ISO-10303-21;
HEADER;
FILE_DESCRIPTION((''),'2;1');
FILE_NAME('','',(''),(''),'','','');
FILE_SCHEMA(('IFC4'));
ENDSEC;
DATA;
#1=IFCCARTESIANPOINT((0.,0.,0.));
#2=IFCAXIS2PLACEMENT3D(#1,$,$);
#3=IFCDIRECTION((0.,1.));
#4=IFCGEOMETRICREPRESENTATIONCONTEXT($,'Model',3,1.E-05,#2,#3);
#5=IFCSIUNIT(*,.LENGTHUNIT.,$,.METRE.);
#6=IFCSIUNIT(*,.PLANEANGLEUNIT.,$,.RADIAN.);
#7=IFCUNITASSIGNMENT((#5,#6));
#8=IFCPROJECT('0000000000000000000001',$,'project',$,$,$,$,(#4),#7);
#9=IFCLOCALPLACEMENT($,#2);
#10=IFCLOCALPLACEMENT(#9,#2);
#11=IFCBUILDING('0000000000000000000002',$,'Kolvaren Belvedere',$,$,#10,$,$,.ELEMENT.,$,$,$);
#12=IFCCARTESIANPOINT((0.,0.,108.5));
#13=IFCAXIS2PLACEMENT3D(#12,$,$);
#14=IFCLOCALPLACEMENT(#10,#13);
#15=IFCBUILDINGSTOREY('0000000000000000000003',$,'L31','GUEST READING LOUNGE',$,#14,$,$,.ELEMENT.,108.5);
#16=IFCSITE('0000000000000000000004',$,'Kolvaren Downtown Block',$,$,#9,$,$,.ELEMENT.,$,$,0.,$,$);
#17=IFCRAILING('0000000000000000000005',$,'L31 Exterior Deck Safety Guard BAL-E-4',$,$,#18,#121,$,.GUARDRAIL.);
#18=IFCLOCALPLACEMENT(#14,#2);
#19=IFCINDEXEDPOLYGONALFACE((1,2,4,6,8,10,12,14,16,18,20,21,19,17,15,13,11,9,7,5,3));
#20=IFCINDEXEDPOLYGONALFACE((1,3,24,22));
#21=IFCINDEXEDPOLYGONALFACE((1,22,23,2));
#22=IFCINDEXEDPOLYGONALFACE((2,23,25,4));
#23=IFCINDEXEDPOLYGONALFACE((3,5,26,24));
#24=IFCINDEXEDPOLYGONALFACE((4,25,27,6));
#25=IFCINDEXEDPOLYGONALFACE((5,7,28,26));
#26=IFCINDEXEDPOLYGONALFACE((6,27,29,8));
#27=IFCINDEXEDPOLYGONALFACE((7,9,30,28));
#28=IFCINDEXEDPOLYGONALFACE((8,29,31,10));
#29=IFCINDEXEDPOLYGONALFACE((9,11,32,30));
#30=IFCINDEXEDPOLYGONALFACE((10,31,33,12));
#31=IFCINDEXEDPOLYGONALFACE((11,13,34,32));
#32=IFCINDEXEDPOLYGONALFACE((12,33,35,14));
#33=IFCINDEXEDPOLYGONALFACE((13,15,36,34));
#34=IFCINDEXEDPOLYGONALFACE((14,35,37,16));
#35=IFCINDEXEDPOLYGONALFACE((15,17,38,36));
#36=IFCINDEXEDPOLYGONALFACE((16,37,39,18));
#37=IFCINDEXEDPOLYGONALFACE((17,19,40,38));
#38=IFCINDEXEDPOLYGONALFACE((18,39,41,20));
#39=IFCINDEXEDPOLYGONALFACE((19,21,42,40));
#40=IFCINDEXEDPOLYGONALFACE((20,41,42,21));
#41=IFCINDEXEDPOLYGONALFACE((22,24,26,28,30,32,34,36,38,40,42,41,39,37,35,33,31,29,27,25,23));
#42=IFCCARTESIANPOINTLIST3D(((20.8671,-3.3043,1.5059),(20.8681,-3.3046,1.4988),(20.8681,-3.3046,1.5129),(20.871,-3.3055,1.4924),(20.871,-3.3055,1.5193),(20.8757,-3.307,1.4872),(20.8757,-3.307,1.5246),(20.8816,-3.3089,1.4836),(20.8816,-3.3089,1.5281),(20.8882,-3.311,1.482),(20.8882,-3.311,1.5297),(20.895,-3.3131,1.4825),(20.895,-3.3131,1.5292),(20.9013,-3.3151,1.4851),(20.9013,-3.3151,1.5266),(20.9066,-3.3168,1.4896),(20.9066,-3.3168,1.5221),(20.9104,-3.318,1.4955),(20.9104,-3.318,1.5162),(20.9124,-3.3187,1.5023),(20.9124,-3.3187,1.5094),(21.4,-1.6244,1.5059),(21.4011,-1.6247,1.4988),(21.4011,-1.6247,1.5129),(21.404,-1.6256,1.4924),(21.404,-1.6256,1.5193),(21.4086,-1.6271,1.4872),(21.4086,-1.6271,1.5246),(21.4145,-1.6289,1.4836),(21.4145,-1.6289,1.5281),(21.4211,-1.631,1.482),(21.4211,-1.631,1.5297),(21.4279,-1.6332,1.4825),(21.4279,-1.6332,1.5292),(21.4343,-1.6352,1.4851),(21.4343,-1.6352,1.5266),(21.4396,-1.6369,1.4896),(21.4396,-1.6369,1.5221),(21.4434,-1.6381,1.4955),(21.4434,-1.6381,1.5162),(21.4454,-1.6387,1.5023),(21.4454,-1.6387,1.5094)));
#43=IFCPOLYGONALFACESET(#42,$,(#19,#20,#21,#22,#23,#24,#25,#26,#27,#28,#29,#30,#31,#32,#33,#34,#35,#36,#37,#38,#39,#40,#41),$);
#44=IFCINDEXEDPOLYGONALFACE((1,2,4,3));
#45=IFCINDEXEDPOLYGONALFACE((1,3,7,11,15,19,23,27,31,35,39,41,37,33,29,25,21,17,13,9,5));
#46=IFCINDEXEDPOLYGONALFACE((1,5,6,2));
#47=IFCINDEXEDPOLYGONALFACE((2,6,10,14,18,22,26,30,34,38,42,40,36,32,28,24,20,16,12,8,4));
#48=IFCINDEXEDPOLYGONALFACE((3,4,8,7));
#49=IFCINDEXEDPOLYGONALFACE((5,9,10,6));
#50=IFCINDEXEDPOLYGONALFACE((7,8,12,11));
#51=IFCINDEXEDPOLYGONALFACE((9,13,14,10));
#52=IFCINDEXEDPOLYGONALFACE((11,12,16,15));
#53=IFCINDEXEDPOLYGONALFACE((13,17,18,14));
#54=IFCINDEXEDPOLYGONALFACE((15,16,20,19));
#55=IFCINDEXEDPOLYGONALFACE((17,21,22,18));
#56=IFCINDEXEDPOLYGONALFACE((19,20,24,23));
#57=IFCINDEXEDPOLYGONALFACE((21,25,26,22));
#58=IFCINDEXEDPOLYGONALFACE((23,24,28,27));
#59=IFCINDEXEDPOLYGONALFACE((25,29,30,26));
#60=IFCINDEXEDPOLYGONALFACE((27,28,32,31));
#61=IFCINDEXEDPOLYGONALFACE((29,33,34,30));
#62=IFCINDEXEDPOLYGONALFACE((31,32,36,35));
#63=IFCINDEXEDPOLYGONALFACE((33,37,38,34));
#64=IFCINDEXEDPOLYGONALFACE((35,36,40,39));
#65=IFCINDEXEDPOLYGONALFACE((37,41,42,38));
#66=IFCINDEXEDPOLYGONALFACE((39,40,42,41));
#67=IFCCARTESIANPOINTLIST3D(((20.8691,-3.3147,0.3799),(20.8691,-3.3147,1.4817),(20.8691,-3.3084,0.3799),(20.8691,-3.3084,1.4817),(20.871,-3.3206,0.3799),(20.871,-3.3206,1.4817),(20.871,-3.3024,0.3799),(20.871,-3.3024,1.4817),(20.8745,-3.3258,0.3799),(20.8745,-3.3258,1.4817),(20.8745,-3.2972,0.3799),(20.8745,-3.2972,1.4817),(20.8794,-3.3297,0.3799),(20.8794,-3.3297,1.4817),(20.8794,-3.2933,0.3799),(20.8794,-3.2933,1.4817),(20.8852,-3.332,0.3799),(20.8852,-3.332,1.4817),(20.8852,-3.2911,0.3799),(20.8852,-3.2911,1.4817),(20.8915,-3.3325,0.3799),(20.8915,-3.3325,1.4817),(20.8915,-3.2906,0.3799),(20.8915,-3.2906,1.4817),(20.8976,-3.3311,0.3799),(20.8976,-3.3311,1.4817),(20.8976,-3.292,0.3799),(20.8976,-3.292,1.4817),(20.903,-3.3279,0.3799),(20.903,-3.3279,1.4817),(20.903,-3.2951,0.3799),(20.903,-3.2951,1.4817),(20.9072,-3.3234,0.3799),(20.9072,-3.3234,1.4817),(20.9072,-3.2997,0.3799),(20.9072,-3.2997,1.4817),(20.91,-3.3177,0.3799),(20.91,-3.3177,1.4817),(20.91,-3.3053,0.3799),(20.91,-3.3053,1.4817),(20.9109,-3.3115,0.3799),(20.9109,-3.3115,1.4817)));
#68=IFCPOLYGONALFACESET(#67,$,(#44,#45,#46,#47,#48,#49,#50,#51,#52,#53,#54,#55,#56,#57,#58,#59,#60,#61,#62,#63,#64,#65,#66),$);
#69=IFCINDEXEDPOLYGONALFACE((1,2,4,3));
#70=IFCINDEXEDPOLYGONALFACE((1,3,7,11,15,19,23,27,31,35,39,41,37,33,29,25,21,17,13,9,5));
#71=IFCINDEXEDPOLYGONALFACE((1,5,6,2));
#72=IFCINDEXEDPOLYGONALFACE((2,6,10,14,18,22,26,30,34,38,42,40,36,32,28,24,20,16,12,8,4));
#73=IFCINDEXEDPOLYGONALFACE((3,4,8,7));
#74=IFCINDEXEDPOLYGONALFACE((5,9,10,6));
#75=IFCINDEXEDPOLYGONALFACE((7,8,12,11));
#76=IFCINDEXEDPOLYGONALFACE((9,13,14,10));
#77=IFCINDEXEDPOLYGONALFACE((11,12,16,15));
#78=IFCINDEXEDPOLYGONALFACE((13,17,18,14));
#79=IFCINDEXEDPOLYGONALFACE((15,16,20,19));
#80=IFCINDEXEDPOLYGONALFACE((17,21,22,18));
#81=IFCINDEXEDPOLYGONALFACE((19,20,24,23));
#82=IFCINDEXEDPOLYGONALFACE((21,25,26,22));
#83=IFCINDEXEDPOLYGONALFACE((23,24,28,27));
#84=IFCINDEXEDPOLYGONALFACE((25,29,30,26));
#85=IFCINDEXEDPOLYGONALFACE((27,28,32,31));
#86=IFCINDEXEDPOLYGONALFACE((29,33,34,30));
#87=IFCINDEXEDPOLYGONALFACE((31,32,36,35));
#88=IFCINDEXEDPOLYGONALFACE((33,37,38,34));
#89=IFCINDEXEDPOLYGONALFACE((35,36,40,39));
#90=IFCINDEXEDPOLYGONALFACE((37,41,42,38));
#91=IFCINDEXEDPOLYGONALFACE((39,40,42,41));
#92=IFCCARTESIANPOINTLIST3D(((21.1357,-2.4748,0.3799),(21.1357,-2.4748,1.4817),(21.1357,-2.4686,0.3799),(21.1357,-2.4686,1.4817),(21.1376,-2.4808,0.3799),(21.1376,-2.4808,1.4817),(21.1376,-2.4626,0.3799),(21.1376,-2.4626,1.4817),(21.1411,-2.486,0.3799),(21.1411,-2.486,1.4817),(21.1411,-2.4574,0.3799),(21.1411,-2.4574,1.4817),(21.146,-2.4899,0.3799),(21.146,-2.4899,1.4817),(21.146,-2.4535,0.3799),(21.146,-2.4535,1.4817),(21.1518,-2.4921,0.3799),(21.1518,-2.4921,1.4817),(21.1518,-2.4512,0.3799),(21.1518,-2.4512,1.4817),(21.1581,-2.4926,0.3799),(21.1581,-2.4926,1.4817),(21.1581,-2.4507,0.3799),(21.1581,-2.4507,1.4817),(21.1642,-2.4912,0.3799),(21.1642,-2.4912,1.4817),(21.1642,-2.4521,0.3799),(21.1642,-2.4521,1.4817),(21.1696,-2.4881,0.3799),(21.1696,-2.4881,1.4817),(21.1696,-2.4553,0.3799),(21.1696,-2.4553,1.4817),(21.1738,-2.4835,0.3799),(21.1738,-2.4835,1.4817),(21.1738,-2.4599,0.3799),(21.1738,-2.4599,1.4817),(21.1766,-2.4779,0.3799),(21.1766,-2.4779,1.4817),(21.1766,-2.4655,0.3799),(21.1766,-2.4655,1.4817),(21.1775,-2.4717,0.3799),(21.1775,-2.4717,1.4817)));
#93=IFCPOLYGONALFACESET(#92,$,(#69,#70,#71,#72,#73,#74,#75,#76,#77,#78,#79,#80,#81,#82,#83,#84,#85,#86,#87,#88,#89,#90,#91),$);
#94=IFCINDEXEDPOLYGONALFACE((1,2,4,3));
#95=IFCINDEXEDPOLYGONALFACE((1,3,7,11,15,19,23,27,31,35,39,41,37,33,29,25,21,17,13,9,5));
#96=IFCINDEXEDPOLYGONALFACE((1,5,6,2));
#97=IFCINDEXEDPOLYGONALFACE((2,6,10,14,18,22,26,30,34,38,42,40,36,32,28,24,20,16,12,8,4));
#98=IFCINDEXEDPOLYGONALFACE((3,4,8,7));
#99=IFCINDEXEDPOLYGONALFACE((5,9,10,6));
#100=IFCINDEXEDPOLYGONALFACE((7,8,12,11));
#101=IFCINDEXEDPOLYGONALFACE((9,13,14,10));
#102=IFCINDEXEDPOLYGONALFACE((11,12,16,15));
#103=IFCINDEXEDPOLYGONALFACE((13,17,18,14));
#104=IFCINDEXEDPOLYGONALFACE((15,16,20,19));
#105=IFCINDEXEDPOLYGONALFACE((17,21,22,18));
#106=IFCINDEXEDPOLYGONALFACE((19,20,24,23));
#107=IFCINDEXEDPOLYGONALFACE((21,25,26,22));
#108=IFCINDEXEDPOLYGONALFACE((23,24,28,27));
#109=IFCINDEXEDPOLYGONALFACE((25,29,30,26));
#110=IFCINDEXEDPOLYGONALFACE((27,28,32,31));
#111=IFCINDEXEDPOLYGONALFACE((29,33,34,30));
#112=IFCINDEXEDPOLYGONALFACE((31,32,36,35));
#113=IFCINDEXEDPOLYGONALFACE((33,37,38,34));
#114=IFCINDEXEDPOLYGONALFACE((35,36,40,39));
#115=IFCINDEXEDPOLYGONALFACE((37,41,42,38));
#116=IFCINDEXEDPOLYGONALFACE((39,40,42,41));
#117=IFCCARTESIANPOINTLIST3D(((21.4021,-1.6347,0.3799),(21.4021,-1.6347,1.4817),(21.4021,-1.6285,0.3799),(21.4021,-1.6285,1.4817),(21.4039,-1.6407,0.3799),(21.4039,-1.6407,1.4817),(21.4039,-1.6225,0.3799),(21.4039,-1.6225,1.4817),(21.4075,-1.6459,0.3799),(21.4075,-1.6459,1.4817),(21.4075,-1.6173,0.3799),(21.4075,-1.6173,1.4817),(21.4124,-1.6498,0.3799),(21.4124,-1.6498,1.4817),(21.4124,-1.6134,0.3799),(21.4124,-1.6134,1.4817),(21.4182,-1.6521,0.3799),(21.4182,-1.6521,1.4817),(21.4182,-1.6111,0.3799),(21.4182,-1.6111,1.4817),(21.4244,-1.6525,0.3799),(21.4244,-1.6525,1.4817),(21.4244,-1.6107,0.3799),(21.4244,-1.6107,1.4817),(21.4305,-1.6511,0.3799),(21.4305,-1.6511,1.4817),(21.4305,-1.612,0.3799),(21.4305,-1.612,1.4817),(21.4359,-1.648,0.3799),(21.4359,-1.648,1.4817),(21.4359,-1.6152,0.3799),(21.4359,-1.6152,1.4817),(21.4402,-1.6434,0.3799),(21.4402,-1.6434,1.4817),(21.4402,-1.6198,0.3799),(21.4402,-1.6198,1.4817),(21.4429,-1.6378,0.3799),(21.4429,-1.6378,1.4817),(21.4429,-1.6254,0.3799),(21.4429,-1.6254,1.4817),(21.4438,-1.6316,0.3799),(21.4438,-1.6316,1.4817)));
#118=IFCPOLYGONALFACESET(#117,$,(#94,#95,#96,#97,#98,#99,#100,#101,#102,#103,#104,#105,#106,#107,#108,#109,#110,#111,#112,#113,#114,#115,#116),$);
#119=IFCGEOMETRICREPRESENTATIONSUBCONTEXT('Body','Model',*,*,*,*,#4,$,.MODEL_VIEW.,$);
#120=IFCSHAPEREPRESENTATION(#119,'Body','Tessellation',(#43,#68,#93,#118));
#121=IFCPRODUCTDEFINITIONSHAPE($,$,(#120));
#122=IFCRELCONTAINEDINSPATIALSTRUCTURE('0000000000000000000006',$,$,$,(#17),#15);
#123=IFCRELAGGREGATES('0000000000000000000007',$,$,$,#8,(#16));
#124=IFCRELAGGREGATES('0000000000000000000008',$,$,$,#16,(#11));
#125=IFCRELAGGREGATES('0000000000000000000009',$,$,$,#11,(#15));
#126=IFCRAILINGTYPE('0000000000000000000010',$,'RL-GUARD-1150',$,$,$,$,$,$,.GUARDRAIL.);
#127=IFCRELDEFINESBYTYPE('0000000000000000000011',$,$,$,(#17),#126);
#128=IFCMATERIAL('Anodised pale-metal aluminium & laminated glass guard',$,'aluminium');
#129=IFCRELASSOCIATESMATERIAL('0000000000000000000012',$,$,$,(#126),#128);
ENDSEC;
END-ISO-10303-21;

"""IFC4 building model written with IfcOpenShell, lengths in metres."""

from ifc_helpers import new_model, si_unit, direction, frame, origin, origin_2d, place, context, subcontext, project, spatial, circle, extrude, material, type_object, element, save


model = new_model("IFC4")

# Units and contexts
model_context = context("Model", 3, precision=1e-05, world=origin(), true_north=direction((0.0, 1.0)))
body_context = subcontext(model_context, "Body", "Model", "MODEL_VIEW")
ifc_project = project(units=[si_unit("LENGTHUNIT", "METRE"), si_unit("PLANEANGLEUNIT", "RADIAN")], contexts=[model_context])

# Site, building, storey
site_placement = place(None, origin())
site = spatial("IfcSite", under=ifc_project, at=site_placement, Name="Kolvaren Downtown Block", CompositionType="ELEMENT", RefElevation=0.0)
building_placement = place(site_placement, origin())
building = spatial("IfcBuilding", under=site, at=building_placement, Name="Kolvaren Belvedere", CompositionType="ELEMENT")
storey_placement = place(building_placement, frame((0.0, 0.0, 108.5)))
storey = spatial("IfcBuildingStorey", under=building, at=storey_placement, Name="L31", Description="GUEST READING LOUNGE", CompositionType="ELEMENT", Elevation=108.5)

# Railing
ifc_material_1 = material(Name="Anodised pale-metal aluminium & laminated glass guard", Category="aluminium")
railing_type = type_object("IfcRailingType", Name="RL-GUARD-1150", PredefinedType="GUARDRAIL", material=ifc_material_1)
railing_1_placement = place(storey_placement, frame((20.8899, -3.3115, 0.3799)))
element("IfcRailing", 1, at=railing_1_placement, inside=storey, type_object=railing_type, Name="L31 Exterior Deck Safety Guard BAL-E-4", PredefinedType="GUARDRAIL", context=body_context, shape_type="SweptSolid", body=[
    extrude(circle(Radius=0.0239, at=origin_2d()), frame((0.0, 0.0, 1.126), z_axis=(0.302397, 0.953182, 0.0), x_axis=(-0.953182, 0.302397, 0.0)), (0.0, 0.0, 1.0), 1.7625),
    extrude(circle(Radius=0.021, at=origin_2d()), origin(), (0.0, 0.0, 1.0), 1.1018),
    extrude(circle(Radius=0.021, at=origin_2d()), frame((0.2666, 0.8398, 0.0)), (0.0, 0.0, 1.0), 1.1018),
    extrude(circle(Radius=0.021, at=origin_2d()), frame((0.533, 1.6799, 0.0)), (0.0, 0.0, 1.0), 1.1018),
])

save(model, "model.ifc")
